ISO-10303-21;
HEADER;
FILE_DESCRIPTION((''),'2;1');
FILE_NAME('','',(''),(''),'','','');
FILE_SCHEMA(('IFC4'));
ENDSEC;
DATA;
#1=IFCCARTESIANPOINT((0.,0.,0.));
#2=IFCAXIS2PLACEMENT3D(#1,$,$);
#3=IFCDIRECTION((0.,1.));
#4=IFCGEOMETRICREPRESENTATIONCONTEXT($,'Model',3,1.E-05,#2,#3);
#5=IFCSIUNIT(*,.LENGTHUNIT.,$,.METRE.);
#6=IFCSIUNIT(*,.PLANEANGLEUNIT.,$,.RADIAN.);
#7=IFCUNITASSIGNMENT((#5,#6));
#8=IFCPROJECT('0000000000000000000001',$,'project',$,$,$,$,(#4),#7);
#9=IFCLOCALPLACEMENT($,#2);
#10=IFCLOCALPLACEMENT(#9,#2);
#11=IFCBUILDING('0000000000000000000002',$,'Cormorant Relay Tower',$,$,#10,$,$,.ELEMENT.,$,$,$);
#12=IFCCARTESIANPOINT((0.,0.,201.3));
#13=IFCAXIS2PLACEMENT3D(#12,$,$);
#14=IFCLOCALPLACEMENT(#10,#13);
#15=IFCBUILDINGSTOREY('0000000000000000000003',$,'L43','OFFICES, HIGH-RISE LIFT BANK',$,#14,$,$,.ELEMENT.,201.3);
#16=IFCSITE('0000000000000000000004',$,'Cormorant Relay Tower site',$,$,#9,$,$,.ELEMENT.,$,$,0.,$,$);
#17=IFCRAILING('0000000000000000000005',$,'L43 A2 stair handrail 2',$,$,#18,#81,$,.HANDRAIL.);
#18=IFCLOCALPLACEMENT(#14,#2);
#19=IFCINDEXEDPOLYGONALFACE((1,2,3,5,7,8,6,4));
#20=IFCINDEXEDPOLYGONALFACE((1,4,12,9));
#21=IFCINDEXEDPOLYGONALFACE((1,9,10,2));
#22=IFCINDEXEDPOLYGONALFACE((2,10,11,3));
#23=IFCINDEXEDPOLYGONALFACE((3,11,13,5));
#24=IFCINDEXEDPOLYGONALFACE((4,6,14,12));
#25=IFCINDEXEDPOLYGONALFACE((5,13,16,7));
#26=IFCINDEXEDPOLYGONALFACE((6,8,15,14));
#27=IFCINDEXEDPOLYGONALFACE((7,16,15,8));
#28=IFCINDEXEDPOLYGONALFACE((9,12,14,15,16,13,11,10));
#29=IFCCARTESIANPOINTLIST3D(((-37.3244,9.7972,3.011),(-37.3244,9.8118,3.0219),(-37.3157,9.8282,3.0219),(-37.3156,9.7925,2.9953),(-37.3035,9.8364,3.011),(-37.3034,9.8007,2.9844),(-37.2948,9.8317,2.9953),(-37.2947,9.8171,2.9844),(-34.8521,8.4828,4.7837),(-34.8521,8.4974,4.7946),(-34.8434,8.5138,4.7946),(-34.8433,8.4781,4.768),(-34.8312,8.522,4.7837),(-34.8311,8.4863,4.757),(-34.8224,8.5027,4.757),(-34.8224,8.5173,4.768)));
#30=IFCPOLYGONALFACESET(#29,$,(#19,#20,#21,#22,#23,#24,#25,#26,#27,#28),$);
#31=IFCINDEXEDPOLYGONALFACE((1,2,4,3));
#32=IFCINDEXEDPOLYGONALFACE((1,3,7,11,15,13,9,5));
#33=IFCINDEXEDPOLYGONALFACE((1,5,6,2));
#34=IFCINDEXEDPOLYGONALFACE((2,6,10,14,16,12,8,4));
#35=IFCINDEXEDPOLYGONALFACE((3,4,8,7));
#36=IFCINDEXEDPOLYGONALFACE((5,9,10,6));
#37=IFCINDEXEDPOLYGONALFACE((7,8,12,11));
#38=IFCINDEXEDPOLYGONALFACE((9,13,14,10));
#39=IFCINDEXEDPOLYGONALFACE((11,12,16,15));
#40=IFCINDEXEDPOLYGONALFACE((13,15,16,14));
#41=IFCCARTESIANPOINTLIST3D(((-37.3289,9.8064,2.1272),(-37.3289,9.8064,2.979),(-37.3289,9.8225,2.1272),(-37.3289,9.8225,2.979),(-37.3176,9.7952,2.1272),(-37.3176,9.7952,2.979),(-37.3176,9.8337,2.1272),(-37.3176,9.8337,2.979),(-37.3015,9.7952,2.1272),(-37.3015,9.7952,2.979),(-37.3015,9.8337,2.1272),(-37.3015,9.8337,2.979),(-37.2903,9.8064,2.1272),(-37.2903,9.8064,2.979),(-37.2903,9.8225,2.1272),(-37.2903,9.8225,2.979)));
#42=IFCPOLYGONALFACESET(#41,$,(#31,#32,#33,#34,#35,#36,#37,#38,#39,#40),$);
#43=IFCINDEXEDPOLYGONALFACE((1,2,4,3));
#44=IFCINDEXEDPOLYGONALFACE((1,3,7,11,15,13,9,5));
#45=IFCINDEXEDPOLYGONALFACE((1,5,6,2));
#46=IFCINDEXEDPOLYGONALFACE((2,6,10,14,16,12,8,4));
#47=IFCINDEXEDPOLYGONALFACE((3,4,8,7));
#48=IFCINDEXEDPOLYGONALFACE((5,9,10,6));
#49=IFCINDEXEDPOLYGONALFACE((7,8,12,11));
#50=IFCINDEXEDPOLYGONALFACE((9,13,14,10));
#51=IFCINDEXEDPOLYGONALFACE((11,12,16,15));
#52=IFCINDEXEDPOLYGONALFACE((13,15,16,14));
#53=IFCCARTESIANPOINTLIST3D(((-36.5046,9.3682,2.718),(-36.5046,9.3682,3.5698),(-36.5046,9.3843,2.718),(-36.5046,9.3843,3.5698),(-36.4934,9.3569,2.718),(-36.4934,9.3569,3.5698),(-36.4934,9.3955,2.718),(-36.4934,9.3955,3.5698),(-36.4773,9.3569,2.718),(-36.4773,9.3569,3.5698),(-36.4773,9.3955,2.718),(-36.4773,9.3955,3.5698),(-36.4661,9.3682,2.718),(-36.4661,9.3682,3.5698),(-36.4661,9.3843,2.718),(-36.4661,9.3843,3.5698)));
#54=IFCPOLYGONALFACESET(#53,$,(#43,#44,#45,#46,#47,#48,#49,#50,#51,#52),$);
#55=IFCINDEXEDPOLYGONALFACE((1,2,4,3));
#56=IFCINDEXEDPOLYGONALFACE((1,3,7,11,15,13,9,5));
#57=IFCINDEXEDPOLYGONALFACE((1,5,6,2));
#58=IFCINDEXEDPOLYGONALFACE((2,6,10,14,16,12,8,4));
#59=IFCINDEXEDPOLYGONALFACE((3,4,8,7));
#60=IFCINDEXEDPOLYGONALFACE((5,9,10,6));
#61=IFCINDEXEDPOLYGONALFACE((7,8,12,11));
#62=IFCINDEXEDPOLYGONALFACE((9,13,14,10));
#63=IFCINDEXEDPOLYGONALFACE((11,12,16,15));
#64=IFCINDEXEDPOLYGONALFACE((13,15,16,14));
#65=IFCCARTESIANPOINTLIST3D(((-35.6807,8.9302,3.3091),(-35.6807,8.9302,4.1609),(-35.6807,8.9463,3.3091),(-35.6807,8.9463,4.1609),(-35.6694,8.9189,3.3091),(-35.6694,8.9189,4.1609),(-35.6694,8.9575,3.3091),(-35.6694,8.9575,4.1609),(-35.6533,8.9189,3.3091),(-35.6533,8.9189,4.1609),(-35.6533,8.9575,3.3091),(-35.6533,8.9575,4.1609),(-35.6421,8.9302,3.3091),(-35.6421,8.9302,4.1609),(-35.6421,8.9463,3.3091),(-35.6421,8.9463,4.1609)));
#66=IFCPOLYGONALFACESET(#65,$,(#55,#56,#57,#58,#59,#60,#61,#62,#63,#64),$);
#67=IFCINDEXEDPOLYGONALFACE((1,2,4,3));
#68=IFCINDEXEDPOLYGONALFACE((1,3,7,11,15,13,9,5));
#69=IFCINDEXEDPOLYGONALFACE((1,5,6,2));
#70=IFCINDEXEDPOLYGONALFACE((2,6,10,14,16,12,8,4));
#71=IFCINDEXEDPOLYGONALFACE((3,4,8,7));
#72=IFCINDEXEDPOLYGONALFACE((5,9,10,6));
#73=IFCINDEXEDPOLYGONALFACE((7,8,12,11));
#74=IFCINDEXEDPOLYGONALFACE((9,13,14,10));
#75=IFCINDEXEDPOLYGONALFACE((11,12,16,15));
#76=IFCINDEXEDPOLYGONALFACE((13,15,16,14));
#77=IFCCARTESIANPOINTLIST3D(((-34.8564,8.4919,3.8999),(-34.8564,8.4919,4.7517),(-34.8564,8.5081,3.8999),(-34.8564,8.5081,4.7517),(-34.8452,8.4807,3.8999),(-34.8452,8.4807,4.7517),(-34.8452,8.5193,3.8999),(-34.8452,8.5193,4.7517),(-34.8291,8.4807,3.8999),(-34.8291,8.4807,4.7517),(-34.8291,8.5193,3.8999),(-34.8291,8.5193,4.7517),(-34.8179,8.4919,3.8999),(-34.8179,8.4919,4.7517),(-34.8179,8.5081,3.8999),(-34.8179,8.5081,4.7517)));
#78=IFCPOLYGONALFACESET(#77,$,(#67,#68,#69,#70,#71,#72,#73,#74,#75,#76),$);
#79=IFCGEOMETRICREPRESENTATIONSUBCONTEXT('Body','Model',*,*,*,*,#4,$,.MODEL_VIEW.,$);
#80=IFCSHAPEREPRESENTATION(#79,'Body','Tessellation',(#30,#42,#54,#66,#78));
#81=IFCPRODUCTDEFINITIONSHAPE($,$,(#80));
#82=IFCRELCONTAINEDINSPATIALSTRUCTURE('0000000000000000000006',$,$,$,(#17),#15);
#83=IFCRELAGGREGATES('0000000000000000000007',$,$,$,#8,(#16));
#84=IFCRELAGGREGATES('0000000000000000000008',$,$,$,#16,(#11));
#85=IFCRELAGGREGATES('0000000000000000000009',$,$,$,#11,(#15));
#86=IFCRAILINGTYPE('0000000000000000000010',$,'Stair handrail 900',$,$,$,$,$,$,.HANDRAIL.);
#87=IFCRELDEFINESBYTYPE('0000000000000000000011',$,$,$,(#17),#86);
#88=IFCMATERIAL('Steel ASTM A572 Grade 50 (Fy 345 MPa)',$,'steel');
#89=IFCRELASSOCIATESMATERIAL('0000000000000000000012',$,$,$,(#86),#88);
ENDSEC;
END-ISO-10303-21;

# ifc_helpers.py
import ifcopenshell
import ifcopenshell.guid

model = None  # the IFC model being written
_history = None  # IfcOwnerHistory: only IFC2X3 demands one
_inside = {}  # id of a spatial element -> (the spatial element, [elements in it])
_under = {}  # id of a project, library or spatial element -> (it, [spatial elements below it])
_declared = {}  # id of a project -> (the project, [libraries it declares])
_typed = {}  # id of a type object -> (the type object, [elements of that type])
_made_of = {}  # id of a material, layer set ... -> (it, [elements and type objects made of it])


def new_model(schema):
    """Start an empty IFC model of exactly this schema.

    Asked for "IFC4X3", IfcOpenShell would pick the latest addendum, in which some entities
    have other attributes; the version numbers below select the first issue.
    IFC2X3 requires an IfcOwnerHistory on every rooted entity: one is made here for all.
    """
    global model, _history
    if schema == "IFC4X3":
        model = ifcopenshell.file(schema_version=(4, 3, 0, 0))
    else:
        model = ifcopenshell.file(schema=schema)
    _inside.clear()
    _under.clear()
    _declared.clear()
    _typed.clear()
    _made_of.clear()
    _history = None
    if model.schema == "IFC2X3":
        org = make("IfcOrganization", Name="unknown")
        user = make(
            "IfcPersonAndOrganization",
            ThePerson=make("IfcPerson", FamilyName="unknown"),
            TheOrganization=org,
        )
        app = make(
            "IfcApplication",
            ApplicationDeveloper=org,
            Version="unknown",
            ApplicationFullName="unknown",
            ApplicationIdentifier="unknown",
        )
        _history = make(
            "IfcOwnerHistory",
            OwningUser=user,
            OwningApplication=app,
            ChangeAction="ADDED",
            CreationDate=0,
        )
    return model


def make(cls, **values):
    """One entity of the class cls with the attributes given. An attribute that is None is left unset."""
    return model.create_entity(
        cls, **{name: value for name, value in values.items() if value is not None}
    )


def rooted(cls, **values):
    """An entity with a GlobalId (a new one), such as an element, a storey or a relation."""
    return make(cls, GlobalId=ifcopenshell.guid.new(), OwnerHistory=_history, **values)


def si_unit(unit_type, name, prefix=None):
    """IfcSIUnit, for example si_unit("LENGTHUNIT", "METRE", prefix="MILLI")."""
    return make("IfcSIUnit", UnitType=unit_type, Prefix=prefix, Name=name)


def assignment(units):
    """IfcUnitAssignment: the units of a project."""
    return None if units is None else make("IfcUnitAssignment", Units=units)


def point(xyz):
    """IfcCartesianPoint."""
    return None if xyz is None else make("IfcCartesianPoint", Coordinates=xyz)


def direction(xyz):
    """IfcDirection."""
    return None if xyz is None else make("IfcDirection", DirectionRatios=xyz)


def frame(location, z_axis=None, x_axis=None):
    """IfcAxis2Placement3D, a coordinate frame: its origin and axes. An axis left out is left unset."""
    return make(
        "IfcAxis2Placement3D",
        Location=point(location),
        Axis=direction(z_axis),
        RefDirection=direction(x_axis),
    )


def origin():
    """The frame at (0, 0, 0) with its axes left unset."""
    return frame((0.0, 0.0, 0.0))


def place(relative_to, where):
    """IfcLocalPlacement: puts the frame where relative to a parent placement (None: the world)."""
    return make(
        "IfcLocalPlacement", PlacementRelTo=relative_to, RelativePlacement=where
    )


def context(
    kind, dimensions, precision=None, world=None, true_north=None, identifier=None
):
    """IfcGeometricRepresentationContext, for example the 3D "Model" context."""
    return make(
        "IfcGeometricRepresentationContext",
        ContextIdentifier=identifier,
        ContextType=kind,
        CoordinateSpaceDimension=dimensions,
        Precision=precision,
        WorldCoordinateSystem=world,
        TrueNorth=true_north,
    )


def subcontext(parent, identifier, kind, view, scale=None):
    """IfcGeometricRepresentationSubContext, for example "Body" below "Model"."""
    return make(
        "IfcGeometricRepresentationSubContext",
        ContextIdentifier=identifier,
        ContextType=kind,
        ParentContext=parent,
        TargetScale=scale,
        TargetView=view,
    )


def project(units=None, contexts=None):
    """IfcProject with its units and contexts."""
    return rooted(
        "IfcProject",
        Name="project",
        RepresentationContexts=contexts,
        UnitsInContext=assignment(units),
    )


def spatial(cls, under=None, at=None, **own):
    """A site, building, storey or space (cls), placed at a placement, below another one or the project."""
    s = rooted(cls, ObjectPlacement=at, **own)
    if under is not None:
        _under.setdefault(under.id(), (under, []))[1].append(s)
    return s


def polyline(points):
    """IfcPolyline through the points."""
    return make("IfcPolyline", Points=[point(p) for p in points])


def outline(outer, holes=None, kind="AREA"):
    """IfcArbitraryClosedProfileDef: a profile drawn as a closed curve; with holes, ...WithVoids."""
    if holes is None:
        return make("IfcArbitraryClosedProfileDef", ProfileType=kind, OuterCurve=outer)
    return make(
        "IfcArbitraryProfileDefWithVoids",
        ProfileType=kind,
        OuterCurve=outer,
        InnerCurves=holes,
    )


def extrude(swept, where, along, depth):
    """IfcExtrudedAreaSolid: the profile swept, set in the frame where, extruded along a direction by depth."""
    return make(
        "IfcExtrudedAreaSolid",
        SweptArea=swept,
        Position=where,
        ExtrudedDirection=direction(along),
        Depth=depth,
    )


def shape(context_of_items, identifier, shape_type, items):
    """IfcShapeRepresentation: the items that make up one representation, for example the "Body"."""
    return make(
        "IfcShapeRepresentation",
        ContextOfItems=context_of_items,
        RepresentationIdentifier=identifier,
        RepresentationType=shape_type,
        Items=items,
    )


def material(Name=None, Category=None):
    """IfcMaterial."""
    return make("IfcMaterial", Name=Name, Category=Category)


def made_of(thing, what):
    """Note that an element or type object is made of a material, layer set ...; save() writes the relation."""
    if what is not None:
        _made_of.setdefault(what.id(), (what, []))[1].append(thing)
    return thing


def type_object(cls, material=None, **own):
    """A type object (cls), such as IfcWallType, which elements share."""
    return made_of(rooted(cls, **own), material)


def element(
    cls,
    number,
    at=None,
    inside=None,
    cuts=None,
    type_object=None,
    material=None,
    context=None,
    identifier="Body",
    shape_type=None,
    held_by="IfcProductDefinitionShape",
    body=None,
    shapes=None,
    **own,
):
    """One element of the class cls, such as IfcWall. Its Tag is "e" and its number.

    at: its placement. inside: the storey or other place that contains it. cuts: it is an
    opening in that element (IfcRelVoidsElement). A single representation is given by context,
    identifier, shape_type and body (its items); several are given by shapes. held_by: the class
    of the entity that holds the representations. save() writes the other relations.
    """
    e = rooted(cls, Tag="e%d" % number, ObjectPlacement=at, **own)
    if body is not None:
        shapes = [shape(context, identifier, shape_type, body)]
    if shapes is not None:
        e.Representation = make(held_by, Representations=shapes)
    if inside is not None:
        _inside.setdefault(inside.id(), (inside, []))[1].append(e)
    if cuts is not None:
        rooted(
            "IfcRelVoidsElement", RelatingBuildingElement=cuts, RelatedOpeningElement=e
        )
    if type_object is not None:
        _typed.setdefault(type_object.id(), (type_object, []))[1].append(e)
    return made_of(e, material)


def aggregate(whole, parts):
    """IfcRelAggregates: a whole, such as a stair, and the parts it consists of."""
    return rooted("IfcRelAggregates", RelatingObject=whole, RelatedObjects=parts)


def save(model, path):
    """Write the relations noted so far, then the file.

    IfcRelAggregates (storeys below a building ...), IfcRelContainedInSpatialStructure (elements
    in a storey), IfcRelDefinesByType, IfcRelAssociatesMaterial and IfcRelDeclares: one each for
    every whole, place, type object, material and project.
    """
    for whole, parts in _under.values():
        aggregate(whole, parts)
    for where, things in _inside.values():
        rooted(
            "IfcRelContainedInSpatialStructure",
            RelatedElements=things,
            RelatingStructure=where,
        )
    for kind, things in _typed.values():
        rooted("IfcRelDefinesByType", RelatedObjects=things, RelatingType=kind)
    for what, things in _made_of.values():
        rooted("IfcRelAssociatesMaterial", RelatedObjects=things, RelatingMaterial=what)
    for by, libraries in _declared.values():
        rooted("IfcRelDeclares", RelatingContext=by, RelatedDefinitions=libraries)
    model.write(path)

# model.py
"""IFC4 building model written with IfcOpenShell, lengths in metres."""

from ifc_helpers import new_model, si_unit, direction, frame, origin, place, context, subcontext, project, spatial, polyline, outline, extrude, material, type_object, element, save


model = new_model("IFC4")

# Units and contexts
model_context = context("Model", 3, precision=1e-05, world=origin(), true_north=direction((0.0, 1.0)))
body_context = subcontext(model_context, "Body", "Model", "MODEL_VIEW")
ifc_project = project(units=[si_unit("LENGTHUNIT", "METRE"), si_unit("PLANEANGLEUNIT", "RADIAN")], contexts=[model_context])

# Site, building, storey
site_placement = place(None, origin())
site = spatial("IfcSite", under=ifc_project, at=site_placement, Name="Cormorant Relay Tower site", CompositionType="ELEMENT", RefElevation=0.0)
building_placement = place(site_placement, origin())
building = spatial("IfcBuilding", under=site, at=building_placement, Name="Cormorant Relay Tower", CompositionType="ELEMENT")
storey_placement = place(building_placement, frame((0.0, 0.0, 201.3)))
storey = spatial("IfcBuildingStorey", under=building, at=storey_placement, Name="L43", Description="OFFICES, HIGH-RISE LIFT BANK", CompositionType="ELEMENT", Elevation=201.3)

# Railing
ifc_material_1 = material(Name="Steel ASTM A572 Grade 50 (Fy 345 MPa)", Category="steel")
railing_type_1 = type_object("IfcRailingType", Name="Stair handrail 900", PredefinedType="HANDRAIL", material=ifc_material_1)
railing_1_placement = place(storey_placement, frame((-37.3096, 9.8145, 2.1272)))
element("IfcRailing", 1, at=railing_1_placement, inside=storey, type_object=railing_type_1, Name="L43 A2 stair handrail 2", PredefinedType="HANDRAIL", context=body_context, shape_type="SweptSolid", body=[
    extrude(outline(polyline([(0.0222, 0.0093), (0.0093, 0.0222), (-0.0093, 0.0222), (-0.0222, 0.0093), (-0.0222, -0.0093), (-0.0093, -0.0222), (0.0093, -0.0222), (0.0222, -0.0093), (0.0222, 0.0093)])), frame((0.0, 0.0, 0.876), z_axis=(0.746034, -0.396627, 0.534902), x_axis=(0.469429, 0.88297, 0.0)), (0.0, 0.0, 1.0), 3.314),
    extrude(outline(polyline([(0.0193, 0.0081), (0.0081, 0.0193), (-0.0081, 0.0193), (-0.0193, 0.0081), (-0.0193, -0.0081), (-0.0081, -0.0193), (0.0081, -0.0193), (0.0193, -0.0081), (0.0193, 0.0081)])), origin(), (0.0, 0.0, 1.0), 0.8518),
    extrude(outline(polyline([(0.0193, 0.0081), (0.0081, 0.0193), (-0.0081, 0.0193), (-0.0193, 0.0081), (-0.0193, -0.0081), (-0.0081, -0.0193), (0.0081, -0.0193), (0.0193, -0.0081), (0.0193, 0.0081)])), frame((0.8242, -0.4382, 0.5908)), (0.0, 0.0, 1.0), 0.8518),
    extrude(outline(polyline([(0.0193, 0.0081), (0.0081, 0.0193), (-0.0081, 0.0193), (-0.0193, 0.0081), (-0.0193, -0.0081), (-0.0081, -0.0193), (0.0081, -0.0193), (0.0193, -0.0081), (0.0193, 0.0081)])), frame((1.6482, -0.8762, 1.1819)), (0.0, 0.0, 1.0), 0.8518),
    extrude(outline(polyline([(0.0193, 0.0081), (0.0081, 0.0193), (-0.0081, 0.0193), (-0.0193, 0.0081), (-0.0193, -0.0081), (-0.0081, -0.0193), (0.0081, -0.0193), (0.0193, -0.0081), (0.0193, 0.0081)])), frame((2.4724, -1.3145, 1.7727)), (0.0, 0.0, 1.0), 0.8518),
])

save(model, "model.ifc")
